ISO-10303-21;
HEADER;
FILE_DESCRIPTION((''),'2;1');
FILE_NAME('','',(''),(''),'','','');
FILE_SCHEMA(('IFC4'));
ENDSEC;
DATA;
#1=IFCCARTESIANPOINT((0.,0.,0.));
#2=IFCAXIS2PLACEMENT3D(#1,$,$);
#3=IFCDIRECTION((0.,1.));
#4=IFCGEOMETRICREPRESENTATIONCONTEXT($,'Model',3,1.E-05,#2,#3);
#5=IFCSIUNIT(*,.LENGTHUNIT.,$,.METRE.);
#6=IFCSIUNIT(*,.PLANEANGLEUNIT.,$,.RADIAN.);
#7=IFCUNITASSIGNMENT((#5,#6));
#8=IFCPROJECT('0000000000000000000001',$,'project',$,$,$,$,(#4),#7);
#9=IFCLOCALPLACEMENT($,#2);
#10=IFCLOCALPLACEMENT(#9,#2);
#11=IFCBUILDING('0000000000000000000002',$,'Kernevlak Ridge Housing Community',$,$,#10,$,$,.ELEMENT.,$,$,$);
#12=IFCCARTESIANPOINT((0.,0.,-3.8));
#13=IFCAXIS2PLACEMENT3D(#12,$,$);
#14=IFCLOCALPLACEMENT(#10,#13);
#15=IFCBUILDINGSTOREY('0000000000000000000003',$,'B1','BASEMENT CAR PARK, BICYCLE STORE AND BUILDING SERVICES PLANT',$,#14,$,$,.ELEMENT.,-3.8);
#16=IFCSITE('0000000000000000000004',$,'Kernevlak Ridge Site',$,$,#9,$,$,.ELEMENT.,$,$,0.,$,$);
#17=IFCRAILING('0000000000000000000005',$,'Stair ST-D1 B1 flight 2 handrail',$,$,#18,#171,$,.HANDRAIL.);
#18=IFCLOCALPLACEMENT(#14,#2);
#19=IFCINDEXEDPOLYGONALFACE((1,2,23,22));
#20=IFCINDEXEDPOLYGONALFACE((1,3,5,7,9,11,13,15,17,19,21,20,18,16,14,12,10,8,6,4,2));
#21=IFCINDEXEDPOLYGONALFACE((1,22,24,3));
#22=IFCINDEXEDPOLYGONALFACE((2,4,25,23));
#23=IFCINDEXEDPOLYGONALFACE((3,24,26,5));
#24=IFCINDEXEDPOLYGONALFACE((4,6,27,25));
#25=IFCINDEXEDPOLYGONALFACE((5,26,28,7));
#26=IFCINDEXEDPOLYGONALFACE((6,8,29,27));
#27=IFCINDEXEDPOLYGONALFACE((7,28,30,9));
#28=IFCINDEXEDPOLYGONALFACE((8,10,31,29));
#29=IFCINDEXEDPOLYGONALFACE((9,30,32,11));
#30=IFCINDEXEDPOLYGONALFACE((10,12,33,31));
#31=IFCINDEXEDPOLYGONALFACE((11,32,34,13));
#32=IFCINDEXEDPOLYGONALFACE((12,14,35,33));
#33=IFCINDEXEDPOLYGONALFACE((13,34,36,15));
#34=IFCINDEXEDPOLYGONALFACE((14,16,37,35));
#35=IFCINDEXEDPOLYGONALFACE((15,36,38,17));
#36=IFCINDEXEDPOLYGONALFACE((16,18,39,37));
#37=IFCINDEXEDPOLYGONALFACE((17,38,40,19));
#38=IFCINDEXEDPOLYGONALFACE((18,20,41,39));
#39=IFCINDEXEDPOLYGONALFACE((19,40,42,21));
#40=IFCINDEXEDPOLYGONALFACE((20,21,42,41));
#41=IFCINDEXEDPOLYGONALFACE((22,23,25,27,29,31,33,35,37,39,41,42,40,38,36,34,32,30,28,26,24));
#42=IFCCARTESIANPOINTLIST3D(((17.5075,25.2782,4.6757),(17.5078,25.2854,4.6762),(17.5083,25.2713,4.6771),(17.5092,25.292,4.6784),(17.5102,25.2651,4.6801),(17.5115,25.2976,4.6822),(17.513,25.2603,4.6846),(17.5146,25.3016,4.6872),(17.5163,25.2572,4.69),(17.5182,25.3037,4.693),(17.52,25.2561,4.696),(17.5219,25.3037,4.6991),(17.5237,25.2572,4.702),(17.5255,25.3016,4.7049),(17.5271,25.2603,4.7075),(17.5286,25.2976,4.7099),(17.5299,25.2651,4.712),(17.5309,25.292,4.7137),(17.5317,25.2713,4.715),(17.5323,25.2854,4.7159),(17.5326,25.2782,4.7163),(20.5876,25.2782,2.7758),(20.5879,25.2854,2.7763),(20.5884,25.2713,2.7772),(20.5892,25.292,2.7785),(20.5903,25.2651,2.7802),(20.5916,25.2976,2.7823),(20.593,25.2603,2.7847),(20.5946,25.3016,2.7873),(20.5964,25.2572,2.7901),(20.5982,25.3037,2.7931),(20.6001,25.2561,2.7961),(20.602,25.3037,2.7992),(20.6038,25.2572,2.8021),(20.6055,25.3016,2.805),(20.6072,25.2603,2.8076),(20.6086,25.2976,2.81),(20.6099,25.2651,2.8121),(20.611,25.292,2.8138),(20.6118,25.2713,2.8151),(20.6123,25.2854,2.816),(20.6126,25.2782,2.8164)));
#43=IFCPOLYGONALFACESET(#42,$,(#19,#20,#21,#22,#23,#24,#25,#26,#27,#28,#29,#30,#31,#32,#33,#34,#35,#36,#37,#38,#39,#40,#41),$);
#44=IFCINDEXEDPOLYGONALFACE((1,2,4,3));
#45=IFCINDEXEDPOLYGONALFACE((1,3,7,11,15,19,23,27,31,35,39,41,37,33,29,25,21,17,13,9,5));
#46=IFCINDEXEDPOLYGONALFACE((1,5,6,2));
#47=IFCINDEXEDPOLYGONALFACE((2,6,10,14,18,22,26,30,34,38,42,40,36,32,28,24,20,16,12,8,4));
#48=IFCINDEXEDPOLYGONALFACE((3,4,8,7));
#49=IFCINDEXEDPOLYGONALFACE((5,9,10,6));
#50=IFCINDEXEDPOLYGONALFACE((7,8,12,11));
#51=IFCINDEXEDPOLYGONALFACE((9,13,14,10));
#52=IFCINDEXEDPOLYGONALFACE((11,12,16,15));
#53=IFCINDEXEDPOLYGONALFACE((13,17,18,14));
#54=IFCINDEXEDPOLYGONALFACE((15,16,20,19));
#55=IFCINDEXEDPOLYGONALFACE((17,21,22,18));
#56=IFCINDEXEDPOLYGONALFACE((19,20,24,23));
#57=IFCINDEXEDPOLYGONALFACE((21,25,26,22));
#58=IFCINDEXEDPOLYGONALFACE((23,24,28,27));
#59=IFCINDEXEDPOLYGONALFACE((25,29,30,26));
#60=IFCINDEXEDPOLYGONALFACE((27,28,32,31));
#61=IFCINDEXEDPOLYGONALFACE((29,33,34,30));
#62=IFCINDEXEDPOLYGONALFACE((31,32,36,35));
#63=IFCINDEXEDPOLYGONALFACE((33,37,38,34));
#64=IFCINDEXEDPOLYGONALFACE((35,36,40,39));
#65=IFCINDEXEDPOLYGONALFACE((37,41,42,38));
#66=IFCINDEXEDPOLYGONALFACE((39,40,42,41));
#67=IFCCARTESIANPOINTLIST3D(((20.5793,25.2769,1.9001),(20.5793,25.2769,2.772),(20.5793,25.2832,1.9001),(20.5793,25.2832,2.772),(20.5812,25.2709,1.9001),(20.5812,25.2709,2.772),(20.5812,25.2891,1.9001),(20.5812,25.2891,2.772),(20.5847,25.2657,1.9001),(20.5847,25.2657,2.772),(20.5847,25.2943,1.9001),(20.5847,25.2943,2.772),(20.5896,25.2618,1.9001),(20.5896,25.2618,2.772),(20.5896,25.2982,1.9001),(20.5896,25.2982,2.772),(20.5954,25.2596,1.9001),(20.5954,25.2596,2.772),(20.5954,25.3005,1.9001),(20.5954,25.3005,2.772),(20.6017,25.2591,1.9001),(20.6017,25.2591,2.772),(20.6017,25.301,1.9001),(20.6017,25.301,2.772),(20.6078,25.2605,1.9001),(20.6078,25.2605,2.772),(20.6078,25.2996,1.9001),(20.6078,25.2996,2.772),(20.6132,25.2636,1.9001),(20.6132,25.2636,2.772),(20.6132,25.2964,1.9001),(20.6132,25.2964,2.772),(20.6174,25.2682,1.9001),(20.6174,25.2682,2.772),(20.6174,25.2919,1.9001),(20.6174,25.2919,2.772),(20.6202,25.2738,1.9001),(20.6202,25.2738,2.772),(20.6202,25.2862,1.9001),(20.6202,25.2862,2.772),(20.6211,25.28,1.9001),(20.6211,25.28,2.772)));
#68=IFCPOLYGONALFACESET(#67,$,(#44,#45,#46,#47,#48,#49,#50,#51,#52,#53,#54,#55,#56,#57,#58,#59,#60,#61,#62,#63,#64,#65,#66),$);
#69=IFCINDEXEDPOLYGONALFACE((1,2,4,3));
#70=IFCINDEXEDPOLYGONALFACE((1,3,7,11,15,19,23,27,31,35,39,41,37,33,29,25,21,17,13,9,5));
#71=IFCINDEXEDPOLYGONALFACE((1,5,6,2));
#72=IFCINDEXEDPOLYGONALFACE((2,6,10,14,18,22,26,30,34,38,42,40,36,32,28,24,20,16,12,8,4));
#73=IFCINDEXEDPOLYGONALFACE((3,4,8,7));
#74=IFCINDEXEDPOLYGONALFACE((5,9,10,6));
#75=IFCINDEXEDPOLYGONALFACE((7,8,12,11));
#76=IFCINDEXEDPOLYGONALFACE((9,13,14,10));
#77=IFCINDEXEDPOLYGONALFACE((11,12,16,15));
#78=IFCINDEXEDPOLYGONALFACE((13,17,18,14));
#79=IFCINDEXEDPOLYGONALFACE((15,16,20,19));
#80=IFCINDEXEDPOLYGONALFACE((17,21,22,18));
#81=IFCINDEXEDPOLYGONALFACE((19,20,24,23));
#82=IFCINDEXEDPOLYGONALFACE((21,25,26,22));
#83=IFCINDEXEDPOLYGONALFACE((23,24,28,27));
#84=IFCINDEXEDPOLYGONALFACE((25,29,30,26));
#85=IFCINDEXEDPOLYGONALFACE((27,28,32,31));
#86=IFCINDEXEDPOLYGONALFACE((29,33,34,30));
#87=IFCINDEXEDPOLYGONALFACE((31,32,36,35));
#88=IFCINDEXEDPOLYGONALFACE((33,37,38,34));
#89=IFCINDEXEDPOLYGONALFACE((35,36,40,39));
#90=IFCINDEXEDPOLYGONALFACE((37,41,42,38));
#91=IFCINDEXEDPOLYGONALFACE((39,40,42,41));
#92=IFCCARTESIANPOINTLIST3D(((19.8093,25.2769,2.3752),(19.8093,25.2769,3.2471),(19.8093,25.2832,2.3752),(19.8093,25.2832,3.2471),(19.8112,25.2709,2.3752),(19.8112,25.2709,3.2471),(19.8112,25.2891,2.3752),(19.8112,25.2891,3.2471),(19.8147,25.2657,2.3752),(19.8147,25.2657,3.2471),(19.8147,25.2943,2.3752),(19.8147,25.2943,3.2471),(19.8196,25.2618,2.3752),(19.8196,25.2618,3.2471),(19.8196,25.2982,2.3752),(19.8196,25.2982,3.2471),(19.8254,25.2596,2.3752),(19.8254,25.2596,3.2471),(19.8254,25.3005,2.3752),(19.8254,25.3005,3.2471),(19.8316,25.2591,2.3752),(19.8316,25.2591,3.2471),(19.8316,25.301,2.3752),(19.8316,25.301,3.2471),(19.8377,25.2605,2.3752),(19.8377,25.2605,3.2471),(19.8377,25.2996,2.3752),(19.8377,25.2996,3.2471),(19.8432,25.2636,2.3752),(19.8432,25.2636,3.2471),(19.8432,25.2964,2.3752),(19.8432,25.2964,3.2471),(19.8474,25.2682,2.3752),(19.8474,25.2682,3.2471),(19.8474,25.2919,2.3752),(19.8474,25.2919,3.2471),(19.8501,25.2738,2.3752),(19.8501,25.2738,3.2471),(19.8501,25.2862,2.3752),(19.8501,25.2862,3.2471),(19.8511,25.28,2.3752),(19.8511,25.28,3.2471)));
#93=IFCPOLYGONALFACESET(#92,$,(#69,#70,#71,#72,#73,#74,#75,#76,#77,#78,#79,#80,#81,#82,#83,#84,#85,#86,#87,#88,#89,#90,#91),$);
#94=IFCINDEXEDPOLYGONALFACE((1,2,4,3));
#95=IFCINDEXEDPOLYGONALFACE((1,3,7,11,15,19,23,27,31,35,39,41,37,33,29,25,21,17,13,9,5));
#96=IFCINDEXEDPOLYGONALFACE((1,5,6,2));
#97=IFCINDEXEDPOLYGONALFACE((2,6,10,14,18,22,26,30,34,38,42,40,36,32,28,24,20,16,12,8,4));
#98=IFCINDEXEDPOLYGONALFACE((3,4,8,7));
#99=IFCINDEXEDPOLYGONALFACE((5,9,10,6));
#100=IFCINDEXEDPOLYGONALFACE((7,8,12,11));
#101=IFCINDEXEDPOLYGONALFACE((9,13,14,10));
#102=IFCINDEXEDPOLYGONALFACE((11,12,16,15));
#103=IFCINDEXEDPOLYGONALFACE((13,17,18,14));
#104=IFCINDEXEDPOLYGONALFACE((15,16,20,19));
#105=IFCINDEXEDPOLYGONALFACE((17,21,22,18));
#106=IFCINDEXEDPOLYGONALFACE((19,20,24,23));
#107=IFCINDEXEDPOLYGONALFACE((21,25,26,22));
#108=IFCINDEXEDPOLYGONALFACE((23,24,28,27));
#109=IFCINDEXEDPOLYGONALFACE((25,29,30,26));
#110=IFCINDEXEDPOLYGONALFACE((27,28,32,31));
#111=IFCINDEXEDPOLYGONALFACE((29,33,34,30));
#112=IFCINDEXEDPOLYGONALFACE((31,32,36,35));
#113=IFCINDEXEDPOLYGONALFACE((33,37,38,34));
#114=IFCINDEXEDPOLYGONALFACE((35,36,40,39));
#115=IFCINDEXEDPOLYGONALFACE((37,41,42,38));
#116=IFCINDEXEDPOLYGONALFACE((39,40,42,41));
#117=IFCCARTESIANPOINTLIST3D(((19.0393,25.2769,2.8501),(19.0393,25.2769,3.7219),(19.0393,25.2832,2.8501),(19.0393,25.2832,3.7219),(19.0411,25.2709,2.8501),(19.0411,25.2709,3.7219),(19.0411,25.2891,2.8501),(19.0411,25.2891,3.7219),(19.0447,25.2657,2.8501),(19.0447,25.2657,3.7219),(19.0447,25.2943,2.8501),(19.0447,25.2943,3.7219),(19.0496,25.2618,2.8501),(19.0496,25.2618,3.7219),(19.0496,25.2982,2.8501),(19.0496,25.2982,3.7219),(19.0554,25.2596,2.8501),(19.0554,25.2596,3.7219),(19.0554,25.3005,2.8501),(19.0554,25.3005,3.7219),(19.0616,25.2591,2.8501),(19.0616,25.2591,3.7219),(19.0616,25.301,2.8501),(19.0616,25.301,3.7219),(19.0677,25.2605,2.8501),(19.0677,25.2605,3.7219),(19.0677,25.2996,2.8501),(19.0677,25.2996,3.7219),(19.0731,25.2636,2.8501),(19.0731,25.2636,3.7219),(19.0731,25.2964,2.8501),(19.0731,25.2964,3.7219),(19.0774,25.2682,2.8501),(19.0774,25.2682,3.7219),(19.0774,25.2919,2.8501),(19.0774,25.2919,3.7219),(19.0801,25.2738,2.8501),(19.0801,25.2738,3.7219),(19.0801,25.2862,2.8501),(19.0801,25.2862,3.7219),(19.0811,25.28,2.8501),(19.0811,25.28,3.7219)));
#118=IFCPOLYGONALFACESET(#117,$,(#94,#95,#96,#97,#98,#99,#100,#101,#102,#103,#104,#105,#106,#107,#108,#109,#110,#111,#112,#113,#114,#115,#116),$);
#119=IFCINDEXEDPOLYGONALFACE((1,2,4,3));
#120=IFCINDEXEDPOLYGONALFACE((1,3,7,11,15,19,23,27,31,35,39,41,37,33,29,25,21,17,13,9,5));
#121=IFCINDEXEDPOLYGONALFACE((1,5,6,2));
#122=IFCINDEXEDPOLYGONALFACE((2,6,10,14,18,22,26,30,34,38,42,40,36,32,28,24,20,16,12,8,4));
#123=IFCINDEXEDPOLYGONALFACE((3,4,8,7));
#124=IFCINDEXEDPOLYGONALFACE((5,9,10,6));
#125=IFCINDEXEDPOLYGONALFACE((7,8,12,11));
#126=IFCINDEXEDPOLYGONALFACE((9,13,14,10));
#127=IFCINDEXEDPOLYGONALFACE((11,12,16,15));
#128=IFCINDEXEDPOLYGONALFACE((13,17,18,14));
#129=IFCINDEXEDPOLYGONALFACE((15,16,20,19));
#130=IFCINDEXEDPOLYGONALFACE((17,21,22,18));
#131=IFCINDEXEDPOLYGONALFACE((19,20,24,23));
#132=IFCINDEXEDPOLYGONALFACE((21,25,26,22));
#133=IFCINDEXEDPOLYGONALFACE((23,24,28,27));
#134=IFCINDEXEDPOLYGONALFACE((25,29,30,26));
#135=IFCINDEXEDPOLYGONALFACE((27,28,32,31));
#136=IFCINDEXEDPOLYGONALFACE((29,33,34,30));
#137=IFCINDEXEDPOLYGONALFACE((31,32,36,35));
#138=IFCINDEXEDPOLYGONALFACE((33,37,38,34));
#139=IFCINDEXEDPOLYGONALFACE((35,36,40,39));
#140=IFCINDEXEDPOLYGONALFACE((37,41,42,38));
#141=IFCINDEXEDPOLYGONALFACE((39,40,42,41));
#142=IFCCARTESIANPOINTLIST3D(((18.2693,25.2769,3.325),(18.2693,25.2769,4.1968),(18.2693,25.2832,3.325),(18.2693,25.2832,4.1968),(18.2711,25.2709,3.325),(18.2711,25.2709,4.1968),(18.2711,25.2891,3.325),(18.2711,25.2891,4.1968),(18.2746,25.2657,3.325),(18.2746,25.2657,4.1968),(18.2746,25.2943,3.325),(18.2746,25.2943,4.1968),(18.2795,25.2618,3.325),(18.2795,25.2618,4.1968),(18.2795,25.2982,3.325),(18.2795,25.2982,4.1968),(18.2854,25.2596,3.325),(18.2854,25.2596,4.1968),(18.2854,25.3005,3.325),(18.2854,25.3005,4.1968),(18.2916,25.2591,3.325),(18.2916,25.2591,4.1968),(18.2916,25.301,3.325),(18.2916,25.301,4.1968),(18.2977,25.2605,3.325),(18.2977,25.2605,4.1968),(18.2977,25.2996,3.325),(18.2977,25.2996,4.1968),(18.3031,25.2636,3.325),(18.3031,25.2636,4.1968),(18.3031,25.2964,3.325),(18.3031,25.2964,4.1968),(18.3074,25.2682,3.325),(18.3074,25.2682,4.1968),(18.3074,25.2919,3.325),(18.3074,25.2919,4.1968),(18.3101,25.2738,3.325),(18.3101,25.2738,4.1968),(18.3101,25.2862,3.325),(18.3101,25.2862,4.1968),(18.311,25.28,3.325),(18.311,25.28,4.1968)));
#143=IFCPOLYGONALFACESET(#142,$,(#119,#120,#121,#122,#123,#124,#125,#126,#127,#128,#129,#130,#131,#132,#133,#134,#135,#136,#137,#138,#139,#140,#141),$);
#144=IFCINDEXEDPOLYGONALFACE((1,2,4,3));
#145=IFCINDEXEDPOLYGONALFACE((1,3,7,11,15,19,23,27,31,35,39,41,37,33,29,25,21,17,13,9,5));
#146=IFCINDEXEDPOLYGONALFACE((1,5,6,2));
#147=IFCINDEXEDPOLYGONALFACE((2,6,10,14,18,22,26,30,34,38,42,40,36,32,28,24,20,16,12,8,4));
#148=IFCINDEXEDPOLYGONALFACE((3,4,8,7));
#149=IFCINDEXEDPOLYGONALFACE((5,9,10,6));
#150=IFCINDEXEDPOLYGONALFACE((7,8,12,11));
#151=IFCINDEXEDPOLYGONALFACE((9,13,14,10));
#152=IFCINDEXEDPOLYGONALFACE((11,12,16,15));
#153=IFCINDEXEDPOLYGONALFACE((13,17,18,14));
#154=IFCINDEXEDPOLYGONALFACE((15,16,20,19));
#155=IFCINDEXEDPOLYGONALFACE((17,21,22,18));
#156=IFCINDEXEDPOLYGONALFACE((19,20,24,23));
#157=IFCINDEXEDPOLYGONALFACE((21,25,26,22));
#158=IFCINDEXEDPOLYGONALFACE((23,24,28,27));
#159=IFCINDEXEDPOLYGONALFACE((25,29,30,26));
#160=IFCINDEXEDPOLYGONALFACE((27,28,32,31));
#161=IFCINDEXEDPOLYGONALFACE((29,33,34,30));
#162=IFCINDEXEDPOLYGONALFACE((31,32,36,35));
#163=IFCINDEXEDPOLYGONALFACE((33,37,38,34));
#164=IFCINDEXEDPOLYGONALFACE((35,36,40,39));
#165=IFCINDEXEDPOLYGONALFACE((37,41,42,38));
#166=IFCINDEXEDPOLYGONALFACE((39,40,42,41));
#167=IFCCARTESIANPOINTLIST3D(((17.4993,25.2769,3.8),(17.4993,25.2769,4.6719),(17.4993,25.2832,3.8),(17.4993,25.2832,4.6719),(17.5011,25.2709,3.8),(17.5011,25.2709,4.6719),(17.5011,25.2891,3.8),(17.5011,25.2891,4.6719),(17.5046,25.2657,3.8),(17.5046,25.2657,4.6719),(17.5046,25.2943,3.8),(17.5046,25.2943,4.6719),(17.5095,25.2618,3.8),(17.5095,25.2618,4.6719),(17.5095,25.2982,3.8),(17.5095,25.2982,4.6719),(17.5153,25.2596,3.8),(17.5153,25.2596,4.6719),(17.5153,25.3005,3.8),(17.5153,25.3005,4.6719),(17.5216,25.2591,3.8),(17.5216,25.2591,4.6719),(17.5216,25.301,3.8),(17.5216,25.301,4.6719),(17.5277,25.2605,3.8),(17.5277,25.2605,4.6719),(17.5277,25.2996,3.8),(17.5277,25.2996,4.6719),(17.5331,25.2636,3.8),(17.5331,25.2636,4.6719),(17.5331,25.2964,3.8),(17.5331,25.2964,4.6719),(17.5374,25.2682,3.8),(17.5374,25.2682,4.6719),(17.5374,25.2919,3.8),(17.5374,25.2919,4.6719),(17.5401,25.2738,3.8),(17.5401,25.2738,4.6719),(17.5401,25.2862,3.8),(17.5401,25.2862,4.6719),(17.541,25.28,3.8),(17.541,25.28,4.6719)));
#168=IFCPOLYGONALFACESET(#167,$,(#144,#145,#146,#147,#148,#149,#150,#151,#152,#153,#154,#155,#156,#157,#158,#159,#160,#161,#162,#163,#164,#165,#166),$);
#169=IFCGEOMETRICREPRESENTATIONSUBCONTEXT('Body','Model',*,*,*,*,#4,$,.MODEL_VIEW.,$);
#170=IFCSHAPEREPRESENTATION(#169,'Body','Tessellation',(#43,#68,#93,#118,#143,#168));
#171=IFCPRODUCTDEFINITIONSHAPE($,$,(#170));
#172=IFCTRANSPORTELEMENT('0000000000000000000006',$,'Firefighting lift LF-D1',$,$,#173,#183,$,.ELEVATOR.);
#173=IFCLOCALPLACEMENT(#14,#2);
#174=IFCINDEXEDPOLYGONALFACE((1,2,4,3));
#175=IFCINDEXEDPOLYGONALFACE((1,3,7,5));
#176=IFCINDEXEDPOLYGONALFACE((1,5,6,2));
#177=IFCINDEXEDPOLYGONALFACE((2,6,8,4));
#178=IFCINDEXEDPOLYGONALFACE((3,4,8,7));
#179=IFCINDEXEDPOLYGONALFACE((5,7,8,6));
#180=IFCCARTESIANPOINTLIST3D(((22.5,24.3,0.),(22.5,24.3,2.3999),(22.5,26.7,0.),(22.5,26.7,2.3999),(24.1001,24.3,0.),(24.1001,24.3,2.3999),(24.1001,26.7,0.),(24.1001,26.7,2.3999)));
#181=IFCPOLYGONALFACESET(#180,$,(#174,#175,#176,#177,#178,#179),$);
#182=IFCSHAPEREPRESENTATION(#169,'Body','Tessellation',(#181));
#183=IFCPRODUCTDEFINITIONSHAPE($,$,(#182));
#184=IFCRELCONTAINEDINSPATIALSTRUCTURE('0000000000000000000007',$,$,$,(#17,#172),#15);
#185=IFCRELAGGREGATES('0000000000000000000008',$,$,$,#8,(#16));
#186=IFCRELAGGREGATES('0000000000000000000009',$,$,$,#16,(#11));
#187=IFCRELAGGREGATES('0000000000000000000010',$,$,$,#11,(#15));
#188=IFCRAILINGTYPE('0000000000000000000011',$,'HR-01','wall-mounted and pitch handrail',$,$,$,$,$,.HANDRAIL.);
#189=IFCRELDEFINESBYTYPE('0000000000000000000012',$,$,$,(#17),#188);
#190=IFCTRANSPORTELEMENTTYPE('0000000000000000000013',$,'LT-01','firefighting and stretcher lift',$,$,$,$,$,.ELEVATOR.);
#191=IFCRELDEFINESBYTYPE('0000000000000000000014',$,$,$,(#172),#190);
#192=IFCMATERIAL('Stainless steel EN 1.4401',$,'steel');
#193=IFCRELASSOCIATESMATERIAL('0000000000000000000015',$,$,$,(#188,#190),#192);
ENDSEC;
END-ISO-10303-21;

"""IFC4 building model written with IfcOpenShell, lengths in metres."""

from ifc_helpers import new_model, si_unit, direction, frame, origin, origin_2d, place, context, subcontext, project, spatial, rectangle, circle, extrude, material, type_object, element, save


model = new_model("IFC4")

# Units and contexts
model_context = context("Model", 3, precision=1e-05, world=origin(), true_north=direction((0.0, 1.0)))
body_context = subcontext(model_context, "Body", "Model", "MODEL_VIEW")
ifc_project = project(units=[si_unit("LENGTHUNIT", "METRE"), si_unit("PLANEANGLEUNIT", "RADIAN")], contexts=[model_context])

# Site, building, storey
site_placement = place(None, origin())
site = spatial("IfcSite", under=ifc_project, at=site_placement, Name="Kernevlak Ridge Site", CompositionType="ELEMENT", RefElevation=0.0)
building_placement = place(site_placement, origin())
building = spatial("IfcBuilding", under=site, at=building_placement, Name="Kernevlak Ridge Housing Community", CompositionType="ELEMENT")
storey_placement = place(building_placement, frame((0.0, 0.0, -3.8)))
storey = spatial("IfcBuildingStorey", under=building, at=storey_placement, Name="B1", Description="BASEMENT CAR PARK, BICYCLE STORE AND BUILDING SERVICES PLANT", CompositionType="ELEMENT", Elevation=-3.8)

# Shared definitions
ifc_material_1 = material(Name="Stainless steel EN 1.4401", Category="steel")

# Railing
railing_type = type_object("IfcRailingType", Name="HR-01", Description="wall-mounted and pitch handrail", PredefinedType="HANDRAIL", material=ifc_material_1)
railing_placement = place(storey_placement, frame((20.6001, 25.28, 1.9001)))
element("IfcRailing", 1, at=railing_placement, inside=storey, type_object=railing_type, Name="Stair ST-D1 B1 flight 2 handrail", PredefinedType="HANDRAIL", context=body_context, shape_type="SweptSolid", body=[
    extrude(circle(Radius=0.0239, at=origin_2d()), frame((0.0, 0.0, 0.896), z_axis=(-0.851107, 0.0, 0.524993), x_axis=(0.0, -1.0, 0.0)), (0.0, 0.0, 1.0), 3.6189),
    extrude(circle(Radius=0.021, at=origin_2d()), origin(), (0.0, 0.0, 1.0), 0.8718),
    extrude(circle(Radius=0.021, at=origin_2d()), frame((-0.77, 0.0, 0.4751)), (0.0, 0.0, 1.0), 0.8718),
    extrude(circle(Radius=0.021, at=origin_2d()), frame((-1.54, 0.0, 0.95)), (0.0, 0.0, 1.0), 0.8718),
    extrude(circle(Radius=0.021, at=origin_2d()), frame((-2.3101, 0.0, 1.4248)), (0.0, 0.0, 1.0), 0.8718),
    extrude(circle(Radius=0.021, at=origin_2d()), frame((-3.0801, 0.0, 1.8999)), (0.0, 0.0, 1.0), 0.8718),
])

# Transport element
transport_element_type = type_object("IfcTransportElementType", Name="LT-01", Description="firefighting and stretcher lift", PredefinedType="ELEVATOR", material=ifc_material_1)
transport_element_placement = place(storey_placement, frame((23.3, 25.5, 0.0), z_axis=(0.0, 0.0, 1.0), x_axis=(1.0, 0.0, 0.0)))
element("IfcTransportElement", 2, at=transport_element_placement, inside=storey, type_object=transport_element_type, Name="Firefighting lift LF-D1", PredefinedType="ELEVATOR", context=body_context, shape_type="SweptSolid", body=[
    extrude(rectangle(XDim=1.6001, YDim=2.3999, at=origin_2d()), origin(), (0.0, 0.0, 1.0), 2.3999),
])

save(model, "model.ifc")
